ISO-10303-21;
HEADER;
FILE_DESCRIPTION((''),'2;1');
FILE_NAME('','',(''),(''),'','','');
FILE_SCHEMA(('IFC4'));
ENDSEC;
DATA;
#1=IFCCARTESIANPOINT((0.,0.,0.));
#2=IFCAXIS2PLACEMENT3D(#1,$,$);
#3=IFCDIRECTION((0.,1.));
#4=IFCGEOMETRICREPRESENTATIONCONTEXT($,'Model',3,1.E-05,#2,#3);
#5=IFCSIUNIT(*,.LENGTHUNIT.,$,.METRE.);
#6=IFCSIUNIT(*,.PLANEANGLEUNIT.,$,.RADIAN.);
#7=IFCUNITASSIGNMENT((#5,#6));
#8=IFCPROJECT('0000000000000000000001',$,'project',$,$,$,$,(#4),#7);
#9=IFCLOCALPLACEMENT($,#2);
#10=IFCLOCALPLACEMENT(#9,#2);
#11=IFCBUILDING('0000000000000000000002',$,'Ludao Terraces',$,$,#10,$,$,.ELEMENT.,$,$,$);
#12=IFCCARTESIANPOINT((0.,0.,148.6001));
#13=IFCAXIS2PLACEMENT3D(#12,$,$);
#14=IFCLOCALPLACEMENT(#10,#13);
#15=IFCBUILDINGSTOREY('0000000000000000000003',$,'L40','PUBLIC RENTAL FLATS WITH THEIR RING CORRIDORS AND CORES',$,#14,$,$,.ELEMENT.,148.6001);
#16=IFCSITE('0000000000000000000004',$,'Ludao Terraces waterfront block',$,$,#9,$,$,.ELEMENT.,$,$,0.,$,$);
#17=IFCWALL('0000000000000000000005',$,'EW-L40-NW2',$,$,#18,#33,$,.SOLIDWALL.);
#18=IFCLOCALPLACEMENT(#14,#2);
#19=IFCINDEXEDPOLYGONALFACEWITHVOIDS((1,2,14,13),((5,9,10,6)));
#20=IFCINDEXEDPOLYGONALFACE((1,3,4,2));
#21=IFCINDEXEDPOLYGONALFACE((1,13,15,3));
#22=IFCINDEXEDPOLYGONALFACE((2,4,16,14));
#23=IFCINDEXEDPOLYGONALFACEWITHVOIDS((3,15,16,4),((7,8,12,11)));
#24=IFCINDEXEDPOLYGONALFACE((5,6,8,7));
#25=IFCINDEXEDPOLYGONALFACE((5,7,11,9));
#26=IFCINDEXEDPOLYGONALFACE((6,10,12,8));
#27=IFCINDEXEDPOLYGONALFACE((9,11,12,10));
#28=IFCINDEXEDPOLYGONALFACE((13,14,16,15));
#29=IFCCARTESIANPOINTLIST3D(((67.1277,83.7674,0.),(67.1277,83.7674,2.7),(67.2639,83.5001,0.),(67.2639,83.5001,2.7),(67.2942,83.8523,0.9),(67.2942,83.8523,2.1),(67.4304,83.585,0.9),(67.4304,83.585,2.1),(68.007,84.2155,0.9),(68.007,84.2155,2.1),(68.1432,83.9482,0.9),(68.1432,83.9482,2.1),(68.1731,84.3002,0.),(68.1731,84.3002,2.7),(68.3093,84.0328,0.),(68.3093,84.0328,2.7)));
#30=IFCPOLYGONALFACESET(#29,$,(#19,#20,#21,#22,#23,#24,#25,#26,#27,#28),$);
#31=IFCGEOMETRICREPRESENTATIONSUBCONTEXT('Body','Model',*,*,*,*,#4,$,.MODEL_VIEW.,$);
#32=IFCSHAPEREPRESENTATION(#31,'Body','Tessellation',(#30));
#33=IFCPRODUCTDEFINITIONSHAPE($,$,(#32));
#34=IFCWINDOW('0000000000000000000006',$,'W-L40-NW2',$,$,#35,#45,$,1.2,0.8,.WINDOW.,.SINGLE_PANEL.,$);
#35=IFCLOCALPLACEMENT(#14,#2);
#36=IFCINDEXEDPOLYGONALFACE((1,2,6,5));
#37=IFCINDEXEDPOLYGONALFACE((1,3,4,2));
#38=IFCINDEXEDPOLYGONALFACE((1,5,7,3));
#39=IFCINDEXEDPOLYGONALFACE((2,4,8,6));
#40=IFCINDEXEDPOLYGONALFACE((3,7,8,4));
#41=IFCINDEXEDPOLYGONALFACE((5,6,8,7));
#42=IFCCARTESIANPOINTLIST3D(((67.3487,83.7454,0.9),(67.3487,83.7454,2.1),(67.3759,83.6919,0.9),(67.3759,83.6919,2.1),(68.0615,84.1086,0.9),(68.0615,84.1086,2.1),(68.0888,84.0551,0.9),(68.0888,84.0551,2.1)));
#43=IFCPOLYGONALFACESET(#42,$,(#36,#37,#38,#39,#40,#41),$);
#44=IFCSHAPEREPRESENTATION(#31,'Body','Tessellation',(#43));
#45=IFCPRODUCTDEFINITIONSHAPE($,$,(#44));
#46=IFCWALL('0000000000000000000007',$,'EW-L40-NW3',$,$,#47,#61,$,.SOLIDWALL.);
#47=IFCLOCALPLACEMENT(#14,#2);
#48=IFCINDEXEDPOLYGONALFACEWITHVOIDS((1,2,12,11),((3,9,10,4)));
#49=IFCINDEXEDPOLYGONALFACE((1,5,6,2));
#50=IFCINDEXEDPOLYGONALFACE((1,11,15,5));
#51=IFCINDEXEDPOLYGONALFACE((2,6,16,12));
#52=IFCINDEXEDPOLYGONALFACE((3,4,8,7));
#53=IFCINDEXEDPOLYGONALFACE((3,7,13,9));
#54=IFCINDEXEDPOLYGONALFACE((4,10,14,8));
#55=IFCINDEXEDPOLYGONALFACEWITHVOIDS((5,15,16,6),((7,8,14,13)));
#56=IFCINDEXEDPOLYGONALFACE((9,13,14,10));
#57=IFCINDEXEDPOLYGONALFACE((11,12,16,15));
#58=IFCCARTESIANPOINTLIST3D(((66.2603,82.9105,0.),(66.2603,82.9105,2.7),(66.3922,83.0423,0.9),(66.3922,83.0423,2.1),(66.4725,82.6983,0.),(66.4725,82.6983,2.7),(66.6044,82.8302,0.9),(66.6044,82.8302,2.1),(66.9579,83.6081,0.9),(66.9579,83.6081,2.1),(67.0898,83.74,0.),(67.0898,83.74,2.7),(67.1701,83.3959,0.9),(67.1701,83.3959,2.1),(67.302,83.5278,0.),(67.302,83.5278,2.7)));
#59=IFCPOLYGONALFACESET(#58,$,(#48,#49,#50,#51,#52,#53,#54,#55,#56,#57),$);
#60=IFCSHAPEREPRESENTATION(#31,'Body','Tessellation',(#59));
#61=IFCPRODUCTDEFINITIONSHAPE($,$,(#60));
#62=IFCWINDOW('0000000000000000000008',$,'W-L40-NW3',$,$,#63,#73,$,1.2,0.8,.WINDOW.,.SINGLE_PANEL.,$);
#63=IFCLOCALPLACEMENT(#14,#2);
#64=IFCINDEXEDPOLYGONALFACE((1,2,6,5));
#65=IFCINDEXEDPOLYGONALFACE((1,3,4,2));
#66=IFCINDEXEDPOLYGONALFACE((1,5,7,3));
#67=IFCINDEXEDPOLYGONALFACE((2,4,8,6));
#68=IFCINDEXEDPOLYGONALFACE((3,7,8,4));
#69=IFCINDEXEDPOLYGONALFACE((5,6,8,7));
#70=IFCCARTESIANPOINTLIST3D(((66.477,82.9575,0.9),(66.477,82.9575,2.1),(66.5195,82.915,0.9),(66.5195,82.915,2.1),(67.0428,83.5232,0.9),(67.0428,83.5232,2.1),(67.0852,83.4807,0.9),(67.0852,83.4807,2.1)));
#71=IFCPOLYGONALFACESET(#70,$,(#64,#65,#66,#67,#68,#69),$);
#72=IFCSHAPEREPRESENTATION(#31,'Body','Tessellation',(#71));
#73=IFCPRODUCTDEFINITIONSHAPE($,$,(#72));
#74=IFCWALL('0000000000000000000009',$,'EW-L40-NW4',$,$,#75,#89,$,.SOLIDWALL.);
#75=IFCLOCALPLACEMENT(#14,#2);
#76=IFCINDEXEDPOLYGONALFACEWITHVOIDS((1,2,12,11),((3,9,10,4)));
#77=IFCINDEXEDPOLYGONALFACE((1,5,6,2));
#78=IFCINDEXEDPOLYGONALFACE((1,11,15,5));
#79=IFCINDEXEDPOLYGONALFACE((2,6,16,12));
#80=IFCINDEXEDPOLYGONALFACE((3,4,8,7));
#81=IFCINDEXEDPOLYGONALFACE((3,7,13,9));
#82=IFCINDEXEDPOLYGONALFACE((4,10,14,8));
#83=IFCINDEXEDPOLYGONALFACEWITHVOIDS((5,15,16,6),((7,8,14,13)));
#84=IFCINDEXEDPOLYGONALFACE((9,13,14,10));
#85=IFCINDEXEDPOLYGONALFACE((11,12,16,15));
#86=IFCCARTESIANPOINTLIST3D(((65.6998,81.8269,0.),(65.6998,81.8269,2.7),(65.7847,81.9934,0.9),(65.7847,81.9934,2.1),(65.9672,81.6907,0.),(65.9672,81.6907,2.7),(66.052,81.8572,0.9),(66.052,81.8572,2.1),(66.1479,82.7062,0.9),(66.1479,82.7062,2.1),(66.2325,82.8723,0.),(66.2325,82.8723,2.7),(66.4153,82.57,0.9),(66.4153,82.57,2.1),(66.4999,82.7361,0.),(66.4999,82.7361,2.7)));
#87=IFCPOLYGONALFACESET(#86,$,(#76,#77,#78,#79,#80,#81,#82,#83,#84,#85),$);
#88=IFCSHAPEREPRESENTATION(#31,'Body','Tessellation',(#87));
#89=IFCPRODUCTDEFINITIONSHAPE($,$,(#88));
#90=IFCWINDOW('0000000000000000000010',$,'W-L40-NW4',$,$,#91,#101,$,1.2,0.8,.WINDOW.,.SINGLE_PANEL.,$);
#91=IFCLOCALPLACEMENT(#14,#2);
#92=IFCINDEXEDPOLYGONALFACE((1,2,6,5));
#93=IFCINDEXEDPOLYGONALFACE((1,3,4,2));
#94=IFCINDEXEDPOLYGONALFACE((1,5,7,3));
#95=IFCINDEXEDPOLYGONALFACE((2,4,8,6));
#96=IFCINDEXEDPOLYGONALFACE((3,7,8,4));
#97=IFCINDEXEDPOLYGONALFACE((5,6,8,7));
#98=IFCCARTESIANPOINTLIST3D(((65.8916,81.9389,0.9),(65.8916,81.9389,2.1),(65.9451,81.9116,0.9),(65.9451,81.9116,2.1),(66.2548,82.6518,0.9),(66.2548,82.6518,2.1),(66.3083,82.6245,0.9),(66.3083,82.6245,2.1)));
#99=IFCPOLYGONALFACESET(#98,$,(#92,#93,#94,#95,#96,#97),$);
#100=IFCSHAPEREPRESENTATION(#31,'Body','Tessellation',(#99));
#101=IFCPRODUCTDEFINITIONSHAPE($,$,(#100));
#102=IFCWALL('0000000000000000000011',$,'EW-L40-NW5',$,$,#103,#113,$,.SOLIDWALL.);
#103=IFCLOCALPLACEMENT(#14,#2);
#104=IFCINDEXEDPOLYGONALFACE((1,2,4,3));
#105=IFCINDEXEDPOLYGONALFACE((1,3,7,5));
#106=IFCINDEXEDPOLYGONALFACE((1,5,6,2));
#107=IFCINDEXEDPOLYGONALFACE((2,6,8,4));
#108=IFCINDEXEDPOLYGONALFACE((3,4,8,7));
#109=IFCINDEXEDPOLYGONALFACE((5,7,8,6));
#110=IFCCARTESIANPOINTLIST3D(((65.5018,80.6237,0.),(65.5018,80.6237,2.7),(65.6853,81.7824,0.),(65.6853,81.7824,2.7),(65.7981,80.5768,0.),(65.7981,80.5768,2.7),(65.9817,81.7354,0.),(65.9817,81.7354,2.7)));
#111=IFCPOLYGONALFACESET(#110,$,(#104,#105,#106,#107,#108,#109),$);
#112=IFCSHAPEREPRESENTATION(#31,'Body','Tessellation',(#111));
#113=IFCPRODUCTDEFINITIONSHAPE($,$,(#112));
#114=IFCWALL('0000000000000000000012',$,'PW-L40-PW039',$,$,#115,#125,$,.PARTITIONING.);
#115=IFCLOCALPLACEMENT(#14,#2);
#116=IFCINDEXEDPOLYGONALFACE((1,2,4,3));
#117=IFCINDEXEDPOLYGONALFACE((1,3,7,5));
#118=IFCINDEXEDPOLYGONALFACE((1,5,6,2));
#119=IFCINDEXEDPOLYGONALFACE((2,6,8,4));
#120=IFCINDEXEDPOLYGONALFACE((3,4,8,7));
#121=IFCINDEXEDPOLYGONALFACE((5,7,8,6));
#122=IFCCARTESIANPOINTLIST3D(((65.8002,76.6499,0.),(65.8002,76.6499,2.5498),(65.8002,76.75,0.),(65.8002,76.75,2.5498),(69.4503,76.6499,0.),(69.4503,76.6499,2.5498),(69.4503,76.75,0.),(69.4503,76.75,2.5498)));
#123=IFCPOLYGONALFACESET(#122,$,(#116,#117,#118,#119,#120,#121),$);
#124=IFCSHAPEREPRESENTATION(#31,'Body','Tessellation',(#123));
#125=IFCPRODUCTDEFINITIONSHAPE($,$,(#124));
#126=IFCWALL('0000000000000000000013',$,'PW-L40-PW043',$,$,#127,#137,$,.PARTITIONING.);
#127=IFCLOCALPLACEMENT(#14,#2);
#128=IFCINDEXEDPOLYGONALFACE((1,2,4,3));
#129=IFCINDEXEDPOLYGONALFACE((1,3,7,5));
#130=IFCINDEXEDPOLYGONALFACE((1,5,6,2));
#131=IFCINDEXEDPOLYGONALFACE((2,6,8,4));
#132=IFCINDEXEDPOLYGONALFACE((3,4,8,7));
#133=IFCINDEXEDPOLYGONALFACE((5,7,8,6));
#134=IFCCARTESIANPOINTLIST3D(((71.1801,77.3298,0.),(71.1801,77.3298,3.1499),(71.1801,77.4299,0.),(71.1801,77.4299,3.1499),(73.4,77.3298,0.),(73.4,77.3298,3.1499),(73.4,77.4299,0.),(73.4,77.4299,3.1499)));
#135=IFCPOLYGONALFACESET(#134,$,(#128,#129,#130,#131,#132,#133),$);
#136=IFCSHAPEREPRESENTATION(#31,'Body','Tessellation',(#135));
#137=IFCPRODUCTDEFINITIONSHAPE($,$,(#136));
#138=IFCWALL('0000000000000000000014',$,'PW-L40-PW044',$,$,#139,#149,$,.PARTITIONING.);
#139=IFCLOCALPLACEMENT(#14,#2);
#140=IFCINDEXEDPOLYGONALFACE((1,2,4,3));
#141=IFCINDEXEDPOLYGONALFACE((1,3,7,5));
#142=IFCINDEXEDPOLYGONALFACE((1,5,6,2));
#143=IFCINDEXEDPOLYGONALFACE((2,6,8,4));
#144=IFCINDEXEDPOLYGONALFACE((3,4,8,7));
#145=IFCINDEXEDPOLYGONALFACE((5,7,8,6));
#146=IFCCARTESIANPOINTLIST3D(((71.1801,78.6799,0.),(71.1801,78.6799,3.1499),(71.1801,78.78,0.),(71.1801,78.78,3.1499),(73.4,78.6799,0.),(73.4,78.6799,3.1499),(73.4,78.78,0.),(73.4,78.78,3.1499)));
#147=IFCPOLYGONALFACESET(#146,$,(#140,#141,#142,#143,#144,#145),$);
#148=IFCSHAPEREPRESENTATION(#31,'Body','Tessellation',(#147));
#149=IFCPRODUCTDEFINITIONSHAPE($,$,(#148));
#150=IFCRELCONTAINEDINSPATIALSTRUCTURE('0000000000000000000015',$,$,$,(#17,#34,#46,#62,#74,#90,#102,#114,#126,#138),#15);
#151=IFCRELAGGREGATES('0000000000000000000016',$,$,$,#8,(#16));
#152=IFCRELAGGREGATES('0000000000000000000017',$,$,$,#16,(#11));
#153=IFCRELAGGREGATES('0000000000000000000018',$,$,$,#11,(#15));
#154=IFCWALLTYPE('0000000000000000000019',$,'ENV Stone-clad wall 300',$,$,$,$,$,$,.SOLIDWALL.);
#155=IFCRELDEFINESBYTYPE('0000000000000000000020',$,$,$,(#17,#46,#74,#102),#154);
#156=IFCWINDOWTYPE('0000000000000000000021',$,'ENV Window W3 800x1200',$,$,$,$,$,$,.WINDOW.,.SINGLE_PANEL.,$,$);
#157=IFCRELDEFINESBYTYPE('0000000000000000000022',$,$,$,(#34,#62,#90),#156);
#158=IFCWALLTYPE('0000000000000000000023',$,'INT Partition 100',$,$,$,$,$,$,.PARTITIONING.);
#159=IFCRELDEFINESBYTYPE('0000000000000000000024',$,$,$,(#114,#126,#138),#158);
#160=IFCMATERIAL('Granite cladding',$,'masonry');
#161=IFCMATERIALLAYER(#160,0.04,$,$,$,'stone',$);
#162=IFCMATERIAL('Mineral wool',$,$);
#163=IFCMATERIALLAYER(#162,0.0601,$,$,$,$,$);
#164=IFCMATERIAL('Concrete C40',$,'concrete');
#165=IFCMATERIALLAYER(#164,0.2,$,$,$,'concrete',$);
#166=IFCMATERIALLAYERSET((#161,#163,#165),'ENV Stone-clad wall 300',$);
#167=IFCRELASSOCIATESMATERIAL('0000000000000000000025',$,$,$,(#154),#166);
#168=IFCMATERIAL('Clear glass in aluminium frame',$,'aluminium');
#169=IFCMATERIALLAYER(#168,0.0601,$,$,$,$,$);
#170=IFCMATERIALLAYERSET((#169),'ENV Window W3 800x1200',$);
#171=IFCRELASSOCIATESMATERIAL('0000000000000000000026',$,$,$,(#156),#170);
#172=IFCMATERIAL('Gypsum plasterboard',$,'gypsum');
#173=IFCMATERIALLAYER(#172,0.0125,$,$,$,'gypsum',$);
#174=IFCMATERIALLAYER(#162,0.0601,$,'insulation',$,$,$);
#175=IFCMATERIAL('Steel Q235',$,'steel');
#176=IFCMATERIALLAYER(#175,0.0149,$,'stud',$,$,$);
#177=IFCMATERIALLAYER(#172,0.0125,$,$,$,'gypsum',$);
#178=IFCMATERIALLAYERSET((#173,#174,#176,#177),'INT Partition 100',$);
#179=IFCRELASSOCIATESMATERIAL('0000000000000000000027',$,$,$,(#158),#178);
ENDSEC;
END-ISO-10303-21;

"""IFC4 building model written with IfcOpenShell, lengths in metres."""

from ifc_helpers import new_model, si_unit, direction, frame, frame_2d, origin, place, context, subcontext, project, spatial, rectangle, extrude, material, layer, layer_set, type_object, element, fill, save


model = new_model("IFC4")

# Units and contexts
model_context = context("Model", 3, precision=1e-05, world=origin(), true_north=direction((0.0, 1.0)))
body_context = subcontext(model_context, "Body", "Model", "MODEL_VIEW")
ifc_project = project(units=[si_unit("LENGTHUNIT", "METRE"), si_unit("PLANEANGLEUNIT", "RADIAN")], contexts=[model_context])

# Site, building, storey
site_placement = place(None, origin())
site = spatial("IfcSite", under=ifc_project, at=site_placement, Name="Ludao Terraces waterfront block", CompositionType="ELEMENT", RefElevation=0.0)
building_placement = place(site_placement, origin())
building = spatial("IfcBuilding", under=site, at=building_placement, Name="Ludao Terraces", CompositionType="ELEMENT")
storey_placement = place(building_placement, frame((0.0, 0.0, 148.6001)))
storey = spatial("IfcBuildingStorey", under=building, at=storey_placement, Name="L40", Description="PUBLIC RENTAL FLATS WITH THEIR RING CORRIDORS AND CORES", CompositionType="ELEMENT", Elevation=148.6001)

# Shared definitions
ifc_material_1 = material(Name="Concrete C40", Category="concrete")

# Shared definitions
ifc_material_2 = material(Name="Granite cladding", Category="masonry")
ifc_layer_1 = layer(ifc_material_2, 0.04, Category="stone")
ifc_material_3 = material(Name="Mineral wool")
ifc_layer_2 = layer(ifc_material_3, 0.0601)
ifc_layer_3 = layer(ifc_material_1, 0.2, Category="concrete")
ifc_layer_set_1 = layer_set([ifc_layer_1, ifc_layer_2, ifc_layer_3], Name="ENV Stone-clad wall 300")
wall_type_1 = type_object("IfcWallType", Name="ENV Stone-clad wall 300", PredefinedType="SOLIDWALL", material=ifc_layer_set_1)
ifc_material_4 = material(Name="Clear glass in aluminium frame", Category="aluminium")

# Walls, openings, windows
wall_1_placement = place(storey_placement, frame((68.2412, 84.1665, 0.0), z_axis=(0.0, 0.0, 1.0), x_axis=(-0.890989, -0.454026, 0.0)))
wall_1 = element("IfcWall", 1, at=wall_1_placement, inside=storey, type_object=wall_type_1, Name="EW-L40-NW2", PredefinedType="SOLIDWALL", context=body_context, shape_type="SweptSolid", body=[
    extrude(rectangle(XDim=1.1733, YDim=0.3, at=frame_2d((0.5867, 0.0))), origin(), (0.0, 0.0, 1.0), 2.7),
])
opening_1_placement = place(wall_1_placement, frame((0.1865, 0.0, 0.8999)))
opening_1 = element("IfcOpeningElement", 2, at=opening_1_placement, cuts=wall_1, PredefinedType="OPENING", context=body_context, shape_type="SweptSolid", body=[
    extrude(rectangle(XDim=0.8, YDim=1.2, at=frame_2d((0.3999, 0.6001))), frame((0.0, 0.1602, 0.0), z_axis=(0.0, -1.0, 0.0), x_axis=(1.0, 0.0, 0.0)), (0.0, 0.0, 1.0), 0.3201),
])
ifc_layer_4 = layer(ifc_material_4, 0.0601)
ifc_layer_set_2 = layer_set([ifc_layer_4], Name="ENV Window W3 800x1200")
window_type_1 = type_object("IfcWindowType", Name="ENV Window W3 800x1200", PartitioningType="SINGLE_PANEL", PredefinedType="WINDOW", material=ifc_layer_set_2)
window_1_placement = place(opening_1_placement, origin())
window_1 = element("IfcWindow", 3, at=window_1_placement, inside=storey, type_object=window_type_1, Name="W-L40-NW2", OverallHeight=1.2, OverallWidth=0.8, PartitioningType="SINGLE_PANEL", PredefinedType="WINDOW", context=body_context, shape_type="SweptSolid", body=[
    extrude(rectangle(XDim=0.8, YDim=1.2, at=frame_2d((0.3999, 0.6001))), frame((0.0, 0.03, 0.0), z_axis=(0.0, -1.0, 0.0), x_axis=(1.0, 0.0, 0.0)), (0.0, 0.0, 1.0), 0.0601),
])
fill(opening_1, window_1)
wall_2_placement = place(storey_placement, frame((67.1958, 83.6338, 0.0), z_axis=(0.0, 0.0, 1.0), x_axis=(-0.707107, -0.707107, 0.0)))
wall_2 = element("IfcWall", 4, at=wall_2_placement, inside=storey, type_object=wall_type_1, Name="EW-L40-NW3", PredefinedType="SOLIDWALL", context=body_context, shape_type="SweptSolid", body=[
    extrude(rectangle(XDim=1.1731, YDim=0.3, at=frame_2d((0.5864, 0.0))), origin(), (0.0, 0.0, 1.0), 2.7),
])
opening_2_placement = place(wall_2_placement, frame((0.1865, 0.0, 0.8999)))
opening_2 = element("IfcOpeningElement", 5, at=opening_2_placement, cuts=wall_2, PredefinedType="OPENING", context=body_context, shape_type="SweptSolid", body=[
    extrude(rectangle(XDim=0.8, YDim=1.2, at=frame_2d((0.3999, 0.6001))), frame((0.0, 0.1602, 0.0), z_axis=(0.0, -1.0, 0.0), x_axis=(1.0, 0.0, 0.0)), (0.0, 0.0, 1.0), 0.3201),
])
window_2_placement = place(opening_2_placement, origin())
window_2 = element("IfcWindow", 6, at=window_2_placement, inside=storey, type_object=window_type_1, Name="W-L40-NW3", OverallHeight=1.2, OverallWidth=0.8, PartitioningType="SINGLE_PANEL", PredefinedType="WINDOW", context=body_context, shape_type="SweptSolid", body=[
    extrude(rectangle(XDim=0.8, YDim=1.2, at=frame_2d((0.3999, 0.6001))), frame((0.0, 0.03, 0.0), z_axis=(0.0, -1.0, 0.0), x_axis=(1.0, 0.0, 0.0)), (0.0, 0.0, 1.0), 0.0601),
])
fill(opening_2, window_2)
wall_3_placement = place(storey_placement, frame((66.3662, 82.8042, 0.0), z_axis=(0.0, 0.0, 1.0), x_axis=(-0.454026, -0.890989, 0.0)))
wall_3 = element("IfcWall", 7, at=wall_3_placement, inside=storey, type_object=wall_type_1, Name="EW-L40-NW4", PredefinedType="SOLIDWALL", context=body_context, shape_type="SweptSolid", body=[
    extrude(rectangle(XDim=1.1733, YDim=0.3, at=frame_2d((0.5867, 0.0))), origin(), (0.0, 0.0, 1.0), 2.7),
])
opening_3_placement = place(wall_3_placement, frame((0.1865, 0.0, 0.8999)))
opening_3 = element("IfcOpeningElement", 8, at=opening_3_placement, cuts=wall_3, PredefinedType="OPENING", context=body_context, shape_type="SweptSolid", body=[
    extrude(rectangle(XDim=0.8, YDim=1.2, at=frame_2d((0.3999, 0.6001))), frame((0.0, 0.1602, 0.0), z_axis=(0.0, -1.0, 0.0), x_axis=(1.0, 0.0, 0.0)), (0.0, 0.0, 1.0), 0.3201),
])
window_3_placement = place(opening_3_placement, origin())
window_3 = element("IfcWindow", 9, at=window_3_placement, inside=storey, type_object=window_type_1, Name="W-L40-NW4", OverallHeight=1.2, OverallWidth=0.8, PartitioningType="SINGLE_PANEL", PredefinedType="WINDOW", context=body_context, shape_type="SweptSolid", body=[
    extrude(rectangle(XDim=0.8, YDim=1.2, at=frame_2d((0.3999, 0.6001))), frame((0.0, 0.03, 0.0), z_axis=(0.0, -1.0, 0.0), x_axis=(1.0, 0.0, 0.0)), (0.0, 0.0, 1.0), 0.0601),
])
fill(opening_3, window_3)

# Walls
wall_4_placement = place(storey_placement, frame((65.8335, 81.7588, 0.0), z_axis=(0.0, 0.0, 1.0), x_axis=(-0.156497, -0.987678, 0.0)))
element("IfcWall", 10, at=wall_4_placement, inside=storey, type_object=wall_type_1, Name="EW-L40-NW5", PredefinedType="SOLIDWALL", context=body_context, shape_type="SweptSolid", body=[
    extrude(rectangle(XDim=1.1731, YDim=0.3, at=frame_2d((0.5864, 0.0))), origin(), (0.0, 0.0, 1.0), 2.7),
])
ifc_material_5 = material(Name="Gypsum plasterboard", Category="gypsum")
ifc_layer_5 = layer(ifc_material_5, 0.0125, Category="gypsum")
ifc_layer_6 = layer(ifc_material_3, 0.0601, Name="insulation")
ifc_material_6 = material(Name="Steel Q235", Category="steel")
ifc_layer_7 = layer(ifc_material_6, 0.0149, Name="stud")
ifc_layer_8 = layer(ifc_material_5, 0.0125, Category="gypsum")
ifc_layer_set_3 = layer_set([ifc_layer_5, ifc_layer_6, ifc_layer_7, ifc_layer_8], Name="INT Partition 100")
wall_type_2 = type_object("IfcWallType", Name="INT Partition 100", PredefinedType="PARTITIONING", material=ifc_layer_set_3)
wall_5_placement = place(storey_placement, frame((65.8, 76.7, 0.0), z_axis=(0.0, 0.0, 1.0), x_axis=(1.0, 0.0, 0.0)))
element("IfcWall", 11, at=wall_5_placement, inside=storey, type_object=wall_type_2, Name="PW-L40-PW039", PredefinedType="PARTITIONING", context=body_context, shape_type="SweptSolid", body=[
    extrude(rectangle(XDim=3.6501, YDim=0.1001, at=frame_2d((1.8252, 0.0))), origin(), (0.0, 0.0, 1.0), 2.5498),
])
for number, where, z_axis, x_axis, name in (
    (12, (71.1802, 77.3799, 0.0), (0.0, 0.0, 1.0), (1.0, 0.0, 0.0), "PW-L40-PW043"),
    (13, (71.1802, 78.73, 0.0), (0.0, 0.0, 1.0), (1.0, 0.0, 0.0), "PW-L40-PW044"),
):
    element("IfcWall", number, at=place(storey_placement, frame(where, z_axis=z_axis, x_axis=x_axis)), inside=storey, type_object=wall_type_2, Name=name, PredefinedType="PARTITIONING", context=body_context, shape_type="SweptSolid", body=[
        extrude(rectangle(XDim=2.22, YDim=0.1001, at=frame_2d((1.1099, 0.0))), origin(), (0.0, 0.0, 1.0), 3.1499),
    ])

save(model, "model.ifc")
